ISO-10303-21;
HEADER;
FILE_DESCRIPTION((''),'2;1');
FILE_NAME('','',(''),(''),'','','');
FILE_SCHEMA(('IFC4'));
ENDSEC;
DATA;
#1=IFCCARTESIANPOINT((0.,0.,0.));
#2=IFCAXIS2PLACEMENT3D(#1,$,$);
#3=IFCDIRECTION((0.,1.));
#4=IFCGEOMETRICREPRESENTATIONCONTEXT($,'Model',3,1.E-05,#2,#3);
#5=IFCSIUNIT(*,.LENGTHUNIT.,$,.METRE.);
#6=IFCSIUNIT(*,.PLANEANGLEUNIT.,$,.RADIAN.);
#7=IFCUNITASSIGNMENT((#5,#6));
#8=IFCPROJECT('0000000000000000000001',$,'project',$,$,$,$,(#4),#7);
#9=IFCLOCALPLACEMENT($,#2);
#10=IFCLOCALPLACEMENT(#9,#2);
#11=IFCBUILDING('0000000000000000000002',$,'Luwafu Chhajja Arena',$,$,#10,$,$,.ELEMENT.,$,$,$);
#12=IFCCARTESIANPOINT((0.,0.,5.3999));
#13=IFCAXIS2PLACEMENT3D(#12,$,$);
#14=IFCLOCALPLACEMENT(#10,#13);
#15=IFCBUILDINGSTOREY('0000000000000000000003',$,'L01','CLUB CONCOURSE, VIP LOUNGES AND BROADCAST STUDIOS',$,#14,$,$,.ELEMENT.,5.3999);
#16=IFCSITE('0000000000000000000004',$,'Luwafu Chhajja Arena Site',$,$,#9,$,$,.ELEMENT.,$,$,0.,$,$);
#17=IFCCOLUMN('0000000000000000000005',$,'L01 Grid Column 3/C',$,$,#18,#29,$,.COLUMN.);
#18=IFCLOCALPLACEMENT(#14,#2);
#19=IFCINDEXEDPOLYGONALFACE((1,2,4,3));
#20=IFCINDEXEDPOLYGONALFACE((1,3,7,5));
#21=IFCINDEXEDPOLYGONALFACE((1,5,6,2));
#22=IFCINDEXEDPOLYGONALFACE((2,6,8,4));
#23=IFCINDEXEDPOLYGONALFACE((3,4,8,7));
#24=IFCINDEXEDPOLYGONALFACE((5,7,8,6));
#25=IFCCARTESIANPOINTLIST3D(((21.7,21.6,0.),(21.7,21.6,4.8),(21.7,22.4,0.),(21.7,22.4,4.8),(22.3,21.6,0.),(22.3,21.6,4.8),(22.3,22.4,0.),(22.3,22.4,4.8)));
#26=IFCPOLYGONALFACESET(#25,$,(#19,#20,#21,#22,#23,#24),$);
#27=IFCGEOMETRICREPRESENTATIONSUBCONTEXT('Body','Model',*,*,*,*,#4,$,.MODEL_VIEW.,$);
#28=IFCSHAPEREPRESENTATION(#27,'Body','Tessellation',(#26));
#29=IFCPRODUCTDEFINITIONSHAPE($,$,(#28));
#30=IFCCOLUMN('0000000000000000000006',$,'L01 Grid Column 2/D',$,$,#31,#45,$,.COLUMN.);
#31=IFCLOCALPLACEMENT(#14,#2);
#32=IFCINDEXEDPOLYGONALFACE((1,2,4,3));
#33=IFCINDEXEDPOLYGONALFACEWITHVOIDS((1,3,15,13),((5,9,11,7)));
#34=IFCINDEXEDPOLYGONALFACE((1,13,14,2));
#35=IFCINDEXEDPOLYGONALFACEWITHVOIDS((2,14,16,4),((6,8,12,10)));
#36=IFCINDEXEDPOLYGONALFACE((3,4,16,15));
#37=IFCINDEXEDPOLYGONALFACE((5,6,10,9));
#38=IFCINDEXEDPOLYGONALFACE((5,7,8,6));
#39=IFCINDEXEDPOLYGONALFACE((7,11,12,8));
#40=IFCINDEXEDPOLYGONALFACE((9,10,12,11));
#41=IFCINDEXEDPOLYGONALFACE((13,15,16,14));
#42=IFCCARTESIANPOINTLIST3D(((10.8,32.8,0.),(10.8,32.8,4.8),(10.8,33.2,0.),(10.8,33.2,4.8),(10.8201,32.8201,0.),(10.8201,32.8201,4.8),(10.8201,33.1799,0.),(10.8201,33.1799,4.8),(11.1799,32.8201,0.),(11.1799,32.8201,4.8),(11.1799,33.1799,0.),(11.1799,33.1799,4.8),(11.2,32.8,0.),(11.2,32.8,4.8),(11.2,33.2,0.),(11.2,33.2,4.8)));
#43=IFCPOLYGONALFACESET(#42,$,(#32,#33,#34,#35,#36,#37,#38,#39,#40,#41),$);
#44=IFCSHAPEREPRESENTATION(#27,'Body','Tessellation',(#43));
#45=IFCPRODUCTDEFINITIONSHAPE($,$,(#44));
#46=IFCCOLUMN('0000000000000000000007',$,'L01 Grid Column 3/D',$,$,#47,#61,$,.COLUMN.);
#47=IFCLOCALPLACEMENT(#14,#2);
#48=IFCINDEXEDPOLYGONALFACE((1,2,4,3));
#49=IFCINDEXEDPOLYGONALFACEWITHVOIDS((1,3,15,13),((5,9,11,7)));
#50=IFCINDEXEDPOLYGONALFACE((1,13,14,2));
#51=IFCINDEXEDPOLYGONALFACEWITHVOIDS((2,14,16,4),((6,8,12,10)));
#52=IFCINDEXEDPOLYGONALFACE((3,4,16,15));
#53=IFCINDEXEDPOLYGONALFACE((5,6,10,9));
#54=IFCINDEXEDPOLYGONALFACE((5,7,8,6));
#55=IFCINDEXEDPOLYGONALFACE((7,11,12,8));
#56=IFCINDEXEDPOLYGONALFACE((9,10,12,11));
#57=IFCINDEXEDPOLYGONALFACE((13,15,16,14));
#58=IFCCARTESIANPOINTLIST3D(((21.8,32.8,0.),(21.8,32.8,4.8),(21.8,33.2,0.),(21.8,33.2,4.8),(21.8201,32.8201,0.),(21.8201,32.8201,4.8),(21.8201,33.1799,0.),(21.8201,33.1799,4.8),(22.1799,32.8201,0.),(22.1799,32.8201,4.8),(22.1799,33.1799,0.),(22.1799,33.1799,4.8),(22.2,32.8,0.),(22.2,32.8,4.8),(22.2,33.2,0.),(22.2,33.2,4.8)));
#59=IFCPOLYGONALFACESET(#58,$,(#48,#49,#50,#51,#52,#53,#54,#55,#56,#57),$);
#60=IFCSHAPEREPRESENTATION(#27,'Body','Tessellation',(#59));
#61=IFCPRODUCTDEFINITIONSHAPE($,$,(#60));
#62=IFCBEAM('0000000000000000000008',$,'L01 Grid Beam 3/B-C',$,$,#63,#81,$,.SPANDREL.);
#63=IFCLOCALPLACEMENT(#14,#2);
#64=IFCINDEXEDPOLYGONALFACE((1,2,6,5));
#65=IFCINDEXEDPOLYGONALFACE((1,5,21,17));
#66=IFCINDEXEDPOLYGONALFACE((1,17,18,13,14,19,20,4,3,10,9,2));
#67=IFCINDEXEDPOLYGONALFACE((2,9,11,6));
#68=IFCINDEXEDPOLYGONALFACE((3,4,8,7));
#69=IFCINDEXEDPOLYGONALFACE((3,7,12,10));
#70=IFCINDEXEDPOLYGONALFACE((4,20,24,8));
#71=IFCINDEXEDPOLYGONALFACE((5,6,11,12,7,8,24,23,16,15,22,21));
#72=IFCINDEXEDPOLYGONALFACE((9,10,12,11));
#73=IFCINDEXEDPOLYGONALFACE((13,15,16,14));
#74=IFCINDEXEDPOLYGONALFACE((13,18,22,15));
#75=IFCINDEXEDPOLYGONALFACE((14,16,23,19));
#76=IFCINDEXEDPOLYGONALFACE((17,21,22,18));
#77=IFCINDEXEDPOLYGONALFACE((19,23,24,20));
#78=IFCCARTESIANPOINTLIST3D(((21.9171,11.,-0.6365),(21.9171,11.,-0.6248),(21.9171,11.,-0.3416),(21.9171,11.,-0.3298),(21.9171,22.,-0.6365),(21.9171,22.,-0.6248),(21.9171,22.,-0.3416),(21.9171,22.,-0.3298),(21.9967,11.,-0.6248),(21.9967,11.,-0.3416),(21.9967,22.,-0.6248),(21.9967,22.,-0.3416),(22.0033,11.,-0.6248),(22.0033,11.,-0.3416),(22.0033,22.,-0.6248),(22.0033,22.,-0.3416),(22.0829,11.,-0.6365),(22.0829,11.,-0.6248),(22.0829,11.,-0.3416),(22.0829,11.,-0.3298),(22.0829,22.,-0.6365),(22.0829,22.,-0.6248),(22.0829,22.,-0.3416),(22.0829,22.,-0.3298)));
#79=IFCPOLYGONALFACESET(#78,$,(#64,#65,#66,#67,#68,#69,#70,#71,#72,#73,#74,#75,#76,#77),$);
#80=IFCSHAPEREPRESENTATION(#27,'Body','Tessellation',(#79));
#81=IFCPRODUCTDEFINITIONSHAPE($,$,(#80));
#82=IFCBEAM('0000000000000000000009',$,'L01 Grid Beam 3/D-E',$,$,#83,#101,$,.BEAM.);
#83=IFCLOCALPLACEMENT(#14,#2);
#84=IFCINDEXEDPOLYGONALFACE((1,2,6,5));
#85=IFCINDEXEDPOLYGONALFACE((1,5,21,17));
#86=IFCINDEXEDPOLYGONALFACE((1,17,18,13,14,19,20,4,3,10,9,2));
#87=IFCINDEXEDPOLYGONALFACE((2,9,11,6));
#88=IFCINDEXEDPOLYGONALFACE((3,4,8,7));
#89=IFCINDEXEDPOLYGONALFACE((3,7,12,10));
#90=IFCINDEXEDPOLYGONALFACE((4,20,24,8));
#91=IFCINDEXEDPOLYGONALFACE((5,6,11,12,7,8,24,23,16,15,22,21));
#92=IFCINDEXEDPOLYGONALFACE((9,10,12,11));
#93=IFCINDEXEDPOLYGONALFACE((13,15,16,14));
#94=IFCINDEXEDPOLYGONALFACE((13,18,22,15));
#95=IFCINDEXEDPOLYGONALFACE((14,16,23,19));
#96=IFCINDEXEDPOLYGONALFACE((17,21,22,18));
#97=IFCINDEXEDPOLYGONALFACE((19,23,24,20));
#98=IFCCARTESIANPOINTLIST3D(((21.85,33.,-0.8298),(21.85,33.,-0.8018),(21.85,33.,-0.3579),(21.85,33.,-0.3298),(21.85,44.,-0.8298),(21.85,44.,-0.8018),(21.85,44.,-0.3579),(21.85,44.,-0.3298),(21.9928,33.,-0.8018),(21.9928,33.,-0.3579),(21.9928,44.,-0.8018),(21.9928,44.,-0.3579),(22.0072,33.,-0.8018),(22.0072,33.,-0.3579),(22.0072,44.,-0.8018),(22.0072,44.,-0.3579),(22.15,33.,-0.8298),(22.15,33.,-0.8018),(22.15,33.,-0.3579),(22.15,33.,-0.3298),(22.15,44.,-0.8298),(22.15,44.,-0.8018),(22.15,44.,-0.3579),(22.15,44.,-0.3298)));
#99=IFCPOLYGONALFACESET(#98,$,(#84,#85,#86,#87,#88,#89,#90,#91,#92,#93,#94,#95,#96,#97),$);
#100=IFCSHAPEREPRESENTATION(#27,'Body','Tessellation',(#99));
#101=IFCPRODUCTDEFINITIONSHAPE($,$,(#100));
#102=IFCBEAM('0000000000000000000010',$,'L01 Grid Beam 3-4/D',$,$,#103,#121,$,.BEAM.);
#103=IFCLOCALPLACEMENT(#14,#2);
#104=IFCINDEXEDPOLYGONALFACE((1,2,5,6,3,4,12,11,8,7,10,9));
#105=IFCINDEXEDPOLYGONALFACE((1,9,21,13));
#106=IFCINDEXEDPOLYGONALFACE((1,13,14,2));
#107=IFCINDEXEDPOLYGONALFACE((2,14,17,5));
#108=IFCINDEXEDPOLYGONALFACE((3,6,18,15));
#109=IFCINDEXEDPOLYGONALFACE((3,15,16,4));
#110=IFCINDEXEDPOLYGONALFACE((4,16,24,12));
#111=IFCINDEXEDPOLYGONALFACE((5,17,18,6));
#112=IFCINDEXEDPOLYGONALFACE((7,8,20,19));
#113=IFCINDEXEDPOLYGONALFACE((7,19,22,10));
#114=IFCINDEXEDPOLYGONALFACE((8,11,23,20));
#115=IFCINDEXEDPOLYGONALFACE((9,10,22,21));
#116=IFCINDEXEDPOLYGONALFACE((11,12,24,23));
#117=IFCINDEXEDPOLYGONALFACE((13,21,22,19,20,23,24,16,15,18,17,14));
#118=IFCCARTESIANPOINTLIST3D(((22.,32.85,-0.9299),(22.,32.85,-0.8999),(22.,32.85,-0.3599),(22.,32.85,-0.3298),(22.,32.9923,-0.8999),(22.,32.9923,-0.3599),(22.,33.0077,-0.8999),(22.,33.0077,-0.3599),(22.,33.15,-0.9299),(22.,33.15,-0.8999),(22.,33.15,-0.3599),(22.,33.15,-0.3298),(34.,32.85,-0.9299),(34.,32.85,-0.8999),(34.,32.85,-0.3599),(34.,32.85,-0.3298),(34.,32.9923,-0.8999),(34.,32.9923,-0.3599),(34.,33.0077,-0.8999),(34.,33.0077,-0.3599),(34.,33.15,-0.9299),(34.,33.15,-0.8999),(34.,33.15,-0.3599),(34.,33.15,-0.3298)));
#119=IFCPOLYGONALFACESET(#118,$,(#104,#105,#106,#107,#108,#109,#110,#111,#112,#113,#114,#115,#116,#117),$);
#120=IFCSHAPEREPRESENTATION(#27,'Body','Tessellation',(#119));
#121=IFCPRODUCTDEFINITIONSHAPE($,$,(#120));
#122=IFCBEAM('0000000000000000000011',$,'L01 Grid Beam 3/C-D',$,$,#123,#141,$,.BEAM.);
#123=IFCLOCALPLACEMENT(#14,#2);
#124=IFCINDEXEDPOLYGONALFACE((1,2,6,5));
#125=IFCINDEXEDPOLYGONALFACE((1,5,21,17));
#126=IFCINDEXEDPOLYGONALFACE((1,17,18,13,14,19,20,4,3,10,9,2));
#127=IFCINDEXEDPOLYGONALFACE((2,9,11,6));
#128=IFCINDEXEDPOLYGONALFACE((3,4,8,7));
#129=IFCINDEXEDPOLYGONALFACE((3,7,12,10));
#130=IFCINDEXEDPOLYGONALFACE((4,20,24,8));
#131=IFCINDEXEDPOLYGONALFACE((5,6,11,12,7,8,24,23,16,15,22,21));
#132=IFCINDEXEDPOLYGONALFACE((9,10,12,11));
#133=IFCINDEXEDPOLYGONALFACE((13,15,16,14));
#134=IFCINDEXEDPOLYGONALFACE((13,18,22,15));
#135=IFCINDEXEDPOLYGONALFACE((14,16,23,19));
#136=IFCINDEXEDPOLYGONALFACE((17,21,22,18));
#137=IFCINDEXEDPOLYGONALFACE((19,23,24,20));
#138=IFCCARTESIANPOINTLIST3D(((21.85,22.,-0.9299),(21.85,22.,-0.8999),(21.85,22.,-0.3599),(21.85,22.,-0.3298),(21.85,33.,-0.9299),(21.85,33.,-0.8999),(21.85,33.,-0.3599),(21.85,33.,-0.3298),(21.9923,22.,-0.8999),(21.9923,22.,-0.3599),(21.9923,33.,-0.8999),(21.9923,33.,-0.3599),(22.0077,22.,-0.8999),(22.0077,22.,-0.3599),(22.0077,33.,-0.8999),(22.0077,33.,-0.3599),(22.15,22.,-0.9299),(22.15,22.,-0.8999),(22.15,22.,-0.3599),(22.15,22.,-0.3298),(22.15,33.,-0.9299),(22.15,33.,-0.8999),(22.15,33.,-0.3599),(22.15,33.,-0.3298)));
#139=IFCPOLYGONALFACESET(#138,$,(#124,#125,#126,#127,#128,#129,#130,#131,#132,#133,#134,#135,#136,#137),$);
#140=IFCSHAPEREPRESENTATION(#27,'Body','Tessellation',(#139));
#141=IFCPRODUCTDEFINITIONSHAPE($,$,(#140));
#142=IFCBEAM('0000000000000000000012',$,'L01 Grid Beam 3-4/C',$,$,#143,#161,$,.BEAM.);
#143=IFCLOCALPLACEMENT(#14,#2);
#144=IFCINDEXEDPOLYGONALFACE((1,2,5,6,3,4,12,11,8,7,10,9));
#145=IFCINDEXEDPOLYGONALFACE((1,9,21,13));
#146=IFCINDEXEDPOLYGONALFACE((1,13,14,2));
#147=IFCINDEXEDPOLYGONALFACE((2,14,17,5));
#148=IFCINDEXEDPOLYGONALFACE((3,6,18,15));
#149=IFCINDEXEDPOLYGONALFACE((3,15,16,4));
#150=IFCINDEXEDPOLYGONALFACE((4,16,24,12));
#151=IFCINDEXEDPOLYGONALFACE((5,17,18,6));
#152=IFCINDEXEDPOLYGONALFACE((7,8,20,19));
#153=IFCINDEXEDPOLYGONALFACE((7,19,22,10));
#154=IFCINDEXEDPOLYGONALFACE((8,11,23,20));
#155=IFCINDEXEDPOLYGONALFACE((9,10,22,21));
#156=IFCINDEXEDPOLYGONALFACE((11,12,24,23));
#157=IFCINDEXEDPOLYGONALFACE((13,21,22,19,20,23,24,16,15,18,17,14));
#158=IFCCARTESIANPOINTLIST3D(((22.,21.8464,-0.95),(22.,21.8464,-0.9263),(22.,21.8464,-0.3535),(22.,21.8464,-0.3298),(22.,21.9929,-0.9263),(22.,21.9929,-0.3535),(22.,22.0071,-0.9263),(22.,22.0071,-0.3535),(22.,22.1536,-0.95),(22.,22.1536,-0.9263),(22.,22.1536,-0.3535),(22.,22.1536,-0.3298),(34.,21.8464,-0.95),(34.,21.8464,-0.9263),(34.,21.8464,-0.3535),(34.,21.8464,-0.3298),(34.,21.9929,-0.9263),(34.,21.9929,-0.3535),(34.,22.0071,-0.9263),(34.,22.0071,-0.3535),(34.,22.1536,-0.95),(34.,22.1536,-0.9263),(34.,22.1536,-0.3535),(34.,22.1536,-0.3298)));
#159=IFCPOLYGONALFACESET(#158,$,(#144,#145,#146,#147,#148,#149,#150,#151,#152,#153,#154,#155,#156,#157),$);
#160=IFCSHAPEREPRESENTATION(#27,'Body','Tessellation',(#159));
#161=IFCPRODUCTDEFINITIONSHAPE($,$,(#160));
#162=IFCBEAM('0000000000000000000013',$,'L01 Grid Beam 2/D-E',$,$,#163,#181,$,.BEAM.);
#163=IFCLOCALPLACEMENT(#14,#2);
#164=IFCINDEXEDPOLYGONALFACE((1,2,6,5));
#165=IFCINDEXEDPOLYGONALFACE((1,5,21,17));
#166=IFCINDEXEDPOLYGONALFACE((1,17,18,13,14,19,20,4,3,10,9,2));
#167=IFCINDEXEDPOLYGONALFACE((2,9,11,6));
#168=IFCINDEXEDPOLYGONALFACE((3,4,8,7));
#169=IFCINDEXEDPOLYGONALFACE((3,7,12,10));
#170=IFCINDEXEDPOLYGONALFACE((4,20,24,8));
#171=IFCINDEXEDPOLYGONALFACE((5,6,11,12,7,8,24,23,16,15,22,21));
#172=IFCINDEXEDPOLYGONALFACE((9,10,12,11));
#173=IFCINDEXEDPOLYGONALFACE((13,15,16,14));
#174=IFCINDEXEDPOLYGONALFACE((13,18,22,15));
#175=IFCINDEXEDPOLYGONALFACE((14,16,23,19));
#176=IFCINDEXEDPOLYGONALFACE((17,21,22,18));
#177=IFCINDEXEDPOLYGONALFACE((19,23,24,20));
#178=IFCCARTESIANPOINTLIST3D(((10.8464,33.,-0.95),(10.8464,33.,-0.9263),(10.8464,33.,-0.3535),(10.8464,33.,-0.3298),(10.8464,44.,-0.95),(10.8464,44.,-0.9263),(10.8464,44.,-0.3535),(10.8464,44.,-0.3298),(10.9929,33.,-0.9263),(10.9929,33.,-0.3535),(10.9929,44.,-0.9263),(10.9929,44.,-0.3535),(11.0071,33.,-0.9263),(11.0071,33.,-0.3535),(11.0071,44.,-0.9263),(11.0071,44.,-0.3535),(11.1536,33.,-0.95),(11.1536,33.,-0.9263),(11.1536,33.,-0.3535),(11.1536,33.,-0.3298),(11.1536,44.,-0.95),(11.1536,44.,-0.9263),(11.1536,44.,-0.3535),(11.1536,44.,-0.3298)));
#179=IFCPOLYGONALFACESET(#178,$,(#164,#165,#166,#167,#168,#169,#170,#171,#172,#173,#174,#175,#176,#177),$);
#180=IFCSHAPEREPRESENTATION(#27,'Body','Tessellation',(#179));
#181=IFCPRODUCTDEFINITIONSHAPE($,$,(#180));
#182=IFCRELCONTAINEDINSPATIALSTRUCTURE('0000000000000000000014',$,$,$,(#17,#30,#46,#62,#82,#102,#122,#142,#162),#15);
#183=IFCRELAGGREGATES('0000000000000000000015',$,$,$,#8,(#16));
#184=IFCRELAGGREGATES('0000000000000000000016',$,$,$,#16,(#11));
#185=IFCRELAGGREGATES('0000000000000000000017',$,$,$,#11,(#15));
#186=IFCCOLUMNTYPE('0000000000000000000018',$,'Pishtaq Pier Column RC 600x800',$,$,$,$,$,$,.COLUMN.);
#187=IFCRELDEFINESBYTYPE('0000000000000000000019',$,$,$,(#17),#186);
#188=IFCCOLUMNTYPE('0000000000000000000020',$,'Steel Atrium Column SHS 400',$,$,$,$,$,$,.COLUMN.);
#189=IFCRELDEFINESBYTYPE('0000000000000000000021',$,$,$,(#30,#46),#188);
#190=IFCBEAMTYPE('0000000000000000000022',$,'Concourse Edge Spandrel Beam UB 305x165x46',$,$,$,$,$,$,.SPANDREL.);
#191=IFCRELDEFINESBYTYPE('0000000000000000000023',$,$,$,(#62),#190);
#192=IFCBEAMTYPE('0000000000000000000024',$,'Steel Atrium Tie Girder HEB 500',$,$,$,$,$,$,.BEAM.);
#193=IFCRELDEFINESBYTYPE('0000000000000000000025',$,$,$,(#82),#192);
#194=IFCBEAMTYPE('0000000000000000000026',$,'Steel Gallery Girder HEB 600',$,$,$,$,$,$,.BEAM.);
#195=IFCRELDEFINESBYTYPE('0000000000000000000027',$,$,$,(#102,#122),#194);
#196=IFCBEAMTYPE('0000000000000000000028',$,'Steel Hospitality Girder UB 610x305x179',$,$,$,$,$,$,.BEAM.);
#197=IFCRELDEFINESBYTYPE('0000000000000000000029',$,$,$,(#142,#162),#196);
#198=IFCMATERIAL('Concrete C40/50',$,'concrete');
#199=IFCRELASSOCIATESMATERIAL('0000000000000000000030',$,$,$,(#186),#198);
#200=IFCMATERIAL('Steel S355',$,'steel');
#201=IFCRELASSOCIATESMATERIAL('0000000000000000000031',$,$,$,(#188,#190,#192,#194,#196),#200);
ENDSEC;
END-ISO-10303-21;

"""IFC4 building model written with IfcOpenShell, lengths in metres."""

from ifc_helpers import new_model, si_unit, direction, frame, origin, origin_2d, place, context, subcontext, project, spatial, rectangle, hollow_rectangle, i_section, extrude, material, material_profile, profile_set, type_object, element, save


model = new_model("IFC4")

# Units and contexts
model_context = context("Model", 3, precision=1e-05, world=origin(), true_north=direction((0.0, 1.0)))
body_context = subcontext(model_context, "Body", "Model", "MODEL_VIEW")
ifc_project = project(units=[si_unit("LENGTHUNIT", "METRE"), si_unit("PLANEANGLEUNIT", "RADIAN")], contexts=[model_context])

# Site, building, storey
site_placement = place(None, origin())
site = spatial("IfcSite", under=ifc_project, at=site_placement, Name="Luwafu Chhajja Arena Site", CompositionType="ELEMENT", RefElevation=0.0)
building_placement = place(site_placement, origin())
building = spatial("IfcBuilding", under=site, at=building_placement, Name="Luwafu Chhajja Arena", CompositionType="ELEMENT")
storey_placement = place(building_placement, frame((0.0, 0.0, 5.3999)))
storey = spatial("IfcBuildingStorey", under=building, at=storey_placement, Name="L01", Description="CLUB CONCOURSE, VIP LOUNGES AND BROADCAST STUDIOS", CompositionType="ELEMENT", Elevation=5.3999)

# Columns
ifc_material_1 = material(Name="Concrete C40/50", Category="concrete")
ifc_material_profile_1 = material_profile(ifc_material_1, rectangle(XDim=0.6001, YDim=0.8, at=origin_2d()), Name="RC 600x800")
ifc_profile_set_1 = profile_set([ifc_material_profile_1], Name="Concrete C40/50")
column_type_1 = type_object("IfcColumnType", Name="Pishtaq Pier Column RC 600x800", PredefinedType="COLUMN", material=ifc_profile_set_1)
column_placement = place(storey_placement, frame((22.0, 22.0, 0.0), z_axis=(0.0, 0.0, 1.0), x_axis=(1.0, 0.0, 0.0)))
element("IfcColumn", 1, at=column_placement, inside=storey, type_object=column_type_1, Name="L01 Grid Column 3/C", PredefinedType="COLUMN", context=body_context, shape_type="SweptSolid", body=[
    extrude(rectangle(XDim=0.6001, YDim=0.8, at=origin_2d()), origin(), (0.0, 0.0, 1.0), 4.8),
])
ifc_material_2 = material(Name="Steel S355", Category="steel")
ifc_material_profile_2 = material_profile(ifc_material_2, hollow_rectangle(XDim=0.3999, YDim=0.3999, WallThickness=0.02, at=origin_2d()), Name="SHS 400x400x20")
ifc_profile_set_2 = profile_set([ifc_material_profile_2], Name="Steel S355")
column_type_2 = type_object("IfcColumnType", Name="Steel Atrium Column SHS 400", PredefinedType="COLUMN", material=ifc_profile_set_2)
for number, where, z_axis, x_axis, name in (
    (2, (11.0, 33.0, 0.0), (0.0, 0.0, 1.0), (1.0, 0.0, 0.0), "L01 Grid Column 2/D"),
    (3, (22.0, 33.0, 0.0), (0.0, 0.0, 1.0), (1.0, 0.0, 0.0), "L01 Grid Column 3/D"),
):
    element("IfcColumn", number, at=place(storey_placement, frame(where, z_axis=z_axis, x_axis=x_axis)), inside=storey, type_object=column_type_2, Name=name, PredefinedType="COLUMN", context=body_context, shape_type="SweptSolid", body=[
        extrude(hollow_rectangle(XDim=0.3999, YDim=0.3999, WallThickness=0.02, at=origin_2d()), origin(), (0.0, 0.0, 1.0), 4.8),
    ])

# Beams
ifc_material_profile_3 = material_profile(ifc_material_2, i_section(OverallWidth=0.1658, OverallDepth=0.3066, WebThickness=0.0066, FlangeThickness=0.0117, at=origin_2d()), Name="UB 305x165x46")
ifc_profile_set_3 = profile_set([ifc_material_profile_3], Name="Steel S355")
beam_type_1 = type_object("IfcBeamType", Name="Concourse Edge Spandrel Beam UB 305x165x46", PredefinedType="SPANDREL", material=ifc_profile_set_3)
beam_1_placement = place(storey_placement, frame((22.0, 11.0, -0.4832), z_axis=(0.0, 1.0, 0.0), x_axis=(-1.0, 0.0, 0.0)))
element("IfcBeam", 4, at=beam_1_placement, inside=storey, type_object=beam_type_1, Name="L01 Grid Beam 3/B-C", PredefinedType="SPANDREL", context=body_context, shape_type="SweptSolid", body=[
    extrude(i_section(OverallWidth=0.1658, OverallDepth=0.3066, WebThickness=0.0066, FlangeThickness=0.0117, at=origin_2d()), origin(), (0.0, 0.0, 1.0), 11.0),
])
ifc_material_profile_4 = material_profile(ifc_material_2, i_section(OverallWidth=0.3, OverallDepth=0.5, WebThickness=0.0144, FlangeThickness=0.0281, at=origin_2d()), Name="HEB 500")
ifc_profile_set_4 = profile_set([ifc_material_profile_4], Name="Steel S355")
beam_type_2 = type_object("IfcBeamType", Name="Steel Atrium Tie Girder HEB 500", PredefinedType="BEAM", material=ifc_profile_set_4)
beam_2_placement = place(storey_placement, frame((22.0, 33.0, -0.5798), z_axis=(0.0, 1.0, 0.0), x_axis=(-1.0, 0.0, 0.0)))
element("IfcBeam", 5, at=beam_2_placement, inside=storey, type_object=beam_type_2, Name="L01 Grid Beam 3/D-E", PredefinedType="BEAM", context=body_context, shape_type="SweptSolid", body=[
    extrude(i_section(OverallWidth=0.3, OverallDepth=0.5, WebThickness=0.0144, FlangeThickness=0.0281, at=origin_2d()), origin(), (0.0, 0.0, 1.0), 11.0),
])
ifc_material_profile_5 = material_profile(ifc_material_2, i_section(OverallWidth=0.3, OverallDepth=0.6001, WebThickness=0.0154, FlangeThickness=0.03, at=origin_2d()), Name="HEB 600")
ifc_profile_set_5 = profile_set([ifc_material_profile_5], Name="Steel S355")
beam_type_3 = type_object("IfcBeamType", Name="Steel Gallery Girder HEB 600", PredefinedType="BEAM", material=ifc_profile_set_5)
beam_3_placement = place(storey_placement, frame((22.0, 33.0, -0.6299), z_axis=(1.0, 0.0, 0.0), x_axis=(0.0, 1.0, 0.0)))
element("IfcBeam", 6, at=beam_3_placement, inside=storey, type_object=beam_type_3, Name="L01 Grid Beam 3-4/D", PredefinedType="BEAM", context=body_context, shape_type="SweptSolid", body=[
    extrude(i_section(OverallWidth=0.3, OverallDepth=0.6001, WebThickness=0.0154, FlangeThickness=0.03, at=origin_2d()), origin(), (0.0, 0.0, 1.0), 12.0),
])
beam_4_placement = place(storey_placement, frame((22.0, 22.0, -0.6299), z_axis=(0.0, 1.0, 0.0), x_axis=(-1.0, 0.0, 0.0)))
element("IfcBeam", 7, at=beam_4_placement, inside=storey, type_object=beam_type_3, Name="L01 Grid Beam 3/C-D", PredefinedType="BEAM", context=body_context, shape_type="SweptSolid", body=[
    extrude(i_section(OverallWidth=0.3, OverallDepth=0.6001, WebThickness=0.0154, FlangeThickness=0.03, at=origin_2d()), origin(), (0.0, 0.0, 1.0), 11.0),
])
ifc_material_profile_6 = material_profile(ifc_material_2, i_section(OverallWidth=0.3071, OverallDepth=0.6201, WebThickness=0.0142, FlangeThickness=0.0237, at=origin_2d()), Name="UB 610x305x179")
ifc_profile_set_6 = profile_set([ifc_material_profile_6], Name="Steel S355")
beam_type_4 = type_object("IfcBeamType", Name="Steel Hospitality Girder UB 610x305x179", PredefinedType="BEAM", material=ifc_profile_set_6)
beam_5_placement = place(storey_placement, frame((22.0, 22.0, -0.6399), z_axis=(1.0, 0.0, 0.0), x_axis=(0.0, 1.0, 0.0)))
element("IfcBeam", 8, at=beam_5_placement, inside=storey, type_object=beam_type_4, Name="L01 Grid Beam 3-4/C", PredefinedType="BEAM", context=body_context, shape_type="SweptSolid", body=[
    extrude(i_section(OverallWidth=0.3071, OverallDepth=0.6201, WebThickness=0.0142, FlangeThickness=0.0237, at=origin_2d()), origin(), (0.0, 0.0, 1.0), 12.0),
])
beam_6_placement = place(storey_placement, frame((11.0, 33.0, -0.6399), z_axis=(0.0, 1.0, 0.0), x_axis=(-1.0, 0.0, 0.0)))
element("IfcBeam", 9, at=beam_6_placement, inside=storey, type_object=beam_type_4, Name="L01 Grid Beam 2/D-E", PredefinedType="BEAM", context=body_context, shape_type="SweptSolid", body=[
    extrude(i_section(OverallWidth=0.3071, OverallDepth=0.6201, WebThickness=0.0142, FlangeThickness=0.0237, at=origin_2d()), origin(), (0.0, 0.0, 1.0), 11.0),
])

save(model, "model.ifc")
